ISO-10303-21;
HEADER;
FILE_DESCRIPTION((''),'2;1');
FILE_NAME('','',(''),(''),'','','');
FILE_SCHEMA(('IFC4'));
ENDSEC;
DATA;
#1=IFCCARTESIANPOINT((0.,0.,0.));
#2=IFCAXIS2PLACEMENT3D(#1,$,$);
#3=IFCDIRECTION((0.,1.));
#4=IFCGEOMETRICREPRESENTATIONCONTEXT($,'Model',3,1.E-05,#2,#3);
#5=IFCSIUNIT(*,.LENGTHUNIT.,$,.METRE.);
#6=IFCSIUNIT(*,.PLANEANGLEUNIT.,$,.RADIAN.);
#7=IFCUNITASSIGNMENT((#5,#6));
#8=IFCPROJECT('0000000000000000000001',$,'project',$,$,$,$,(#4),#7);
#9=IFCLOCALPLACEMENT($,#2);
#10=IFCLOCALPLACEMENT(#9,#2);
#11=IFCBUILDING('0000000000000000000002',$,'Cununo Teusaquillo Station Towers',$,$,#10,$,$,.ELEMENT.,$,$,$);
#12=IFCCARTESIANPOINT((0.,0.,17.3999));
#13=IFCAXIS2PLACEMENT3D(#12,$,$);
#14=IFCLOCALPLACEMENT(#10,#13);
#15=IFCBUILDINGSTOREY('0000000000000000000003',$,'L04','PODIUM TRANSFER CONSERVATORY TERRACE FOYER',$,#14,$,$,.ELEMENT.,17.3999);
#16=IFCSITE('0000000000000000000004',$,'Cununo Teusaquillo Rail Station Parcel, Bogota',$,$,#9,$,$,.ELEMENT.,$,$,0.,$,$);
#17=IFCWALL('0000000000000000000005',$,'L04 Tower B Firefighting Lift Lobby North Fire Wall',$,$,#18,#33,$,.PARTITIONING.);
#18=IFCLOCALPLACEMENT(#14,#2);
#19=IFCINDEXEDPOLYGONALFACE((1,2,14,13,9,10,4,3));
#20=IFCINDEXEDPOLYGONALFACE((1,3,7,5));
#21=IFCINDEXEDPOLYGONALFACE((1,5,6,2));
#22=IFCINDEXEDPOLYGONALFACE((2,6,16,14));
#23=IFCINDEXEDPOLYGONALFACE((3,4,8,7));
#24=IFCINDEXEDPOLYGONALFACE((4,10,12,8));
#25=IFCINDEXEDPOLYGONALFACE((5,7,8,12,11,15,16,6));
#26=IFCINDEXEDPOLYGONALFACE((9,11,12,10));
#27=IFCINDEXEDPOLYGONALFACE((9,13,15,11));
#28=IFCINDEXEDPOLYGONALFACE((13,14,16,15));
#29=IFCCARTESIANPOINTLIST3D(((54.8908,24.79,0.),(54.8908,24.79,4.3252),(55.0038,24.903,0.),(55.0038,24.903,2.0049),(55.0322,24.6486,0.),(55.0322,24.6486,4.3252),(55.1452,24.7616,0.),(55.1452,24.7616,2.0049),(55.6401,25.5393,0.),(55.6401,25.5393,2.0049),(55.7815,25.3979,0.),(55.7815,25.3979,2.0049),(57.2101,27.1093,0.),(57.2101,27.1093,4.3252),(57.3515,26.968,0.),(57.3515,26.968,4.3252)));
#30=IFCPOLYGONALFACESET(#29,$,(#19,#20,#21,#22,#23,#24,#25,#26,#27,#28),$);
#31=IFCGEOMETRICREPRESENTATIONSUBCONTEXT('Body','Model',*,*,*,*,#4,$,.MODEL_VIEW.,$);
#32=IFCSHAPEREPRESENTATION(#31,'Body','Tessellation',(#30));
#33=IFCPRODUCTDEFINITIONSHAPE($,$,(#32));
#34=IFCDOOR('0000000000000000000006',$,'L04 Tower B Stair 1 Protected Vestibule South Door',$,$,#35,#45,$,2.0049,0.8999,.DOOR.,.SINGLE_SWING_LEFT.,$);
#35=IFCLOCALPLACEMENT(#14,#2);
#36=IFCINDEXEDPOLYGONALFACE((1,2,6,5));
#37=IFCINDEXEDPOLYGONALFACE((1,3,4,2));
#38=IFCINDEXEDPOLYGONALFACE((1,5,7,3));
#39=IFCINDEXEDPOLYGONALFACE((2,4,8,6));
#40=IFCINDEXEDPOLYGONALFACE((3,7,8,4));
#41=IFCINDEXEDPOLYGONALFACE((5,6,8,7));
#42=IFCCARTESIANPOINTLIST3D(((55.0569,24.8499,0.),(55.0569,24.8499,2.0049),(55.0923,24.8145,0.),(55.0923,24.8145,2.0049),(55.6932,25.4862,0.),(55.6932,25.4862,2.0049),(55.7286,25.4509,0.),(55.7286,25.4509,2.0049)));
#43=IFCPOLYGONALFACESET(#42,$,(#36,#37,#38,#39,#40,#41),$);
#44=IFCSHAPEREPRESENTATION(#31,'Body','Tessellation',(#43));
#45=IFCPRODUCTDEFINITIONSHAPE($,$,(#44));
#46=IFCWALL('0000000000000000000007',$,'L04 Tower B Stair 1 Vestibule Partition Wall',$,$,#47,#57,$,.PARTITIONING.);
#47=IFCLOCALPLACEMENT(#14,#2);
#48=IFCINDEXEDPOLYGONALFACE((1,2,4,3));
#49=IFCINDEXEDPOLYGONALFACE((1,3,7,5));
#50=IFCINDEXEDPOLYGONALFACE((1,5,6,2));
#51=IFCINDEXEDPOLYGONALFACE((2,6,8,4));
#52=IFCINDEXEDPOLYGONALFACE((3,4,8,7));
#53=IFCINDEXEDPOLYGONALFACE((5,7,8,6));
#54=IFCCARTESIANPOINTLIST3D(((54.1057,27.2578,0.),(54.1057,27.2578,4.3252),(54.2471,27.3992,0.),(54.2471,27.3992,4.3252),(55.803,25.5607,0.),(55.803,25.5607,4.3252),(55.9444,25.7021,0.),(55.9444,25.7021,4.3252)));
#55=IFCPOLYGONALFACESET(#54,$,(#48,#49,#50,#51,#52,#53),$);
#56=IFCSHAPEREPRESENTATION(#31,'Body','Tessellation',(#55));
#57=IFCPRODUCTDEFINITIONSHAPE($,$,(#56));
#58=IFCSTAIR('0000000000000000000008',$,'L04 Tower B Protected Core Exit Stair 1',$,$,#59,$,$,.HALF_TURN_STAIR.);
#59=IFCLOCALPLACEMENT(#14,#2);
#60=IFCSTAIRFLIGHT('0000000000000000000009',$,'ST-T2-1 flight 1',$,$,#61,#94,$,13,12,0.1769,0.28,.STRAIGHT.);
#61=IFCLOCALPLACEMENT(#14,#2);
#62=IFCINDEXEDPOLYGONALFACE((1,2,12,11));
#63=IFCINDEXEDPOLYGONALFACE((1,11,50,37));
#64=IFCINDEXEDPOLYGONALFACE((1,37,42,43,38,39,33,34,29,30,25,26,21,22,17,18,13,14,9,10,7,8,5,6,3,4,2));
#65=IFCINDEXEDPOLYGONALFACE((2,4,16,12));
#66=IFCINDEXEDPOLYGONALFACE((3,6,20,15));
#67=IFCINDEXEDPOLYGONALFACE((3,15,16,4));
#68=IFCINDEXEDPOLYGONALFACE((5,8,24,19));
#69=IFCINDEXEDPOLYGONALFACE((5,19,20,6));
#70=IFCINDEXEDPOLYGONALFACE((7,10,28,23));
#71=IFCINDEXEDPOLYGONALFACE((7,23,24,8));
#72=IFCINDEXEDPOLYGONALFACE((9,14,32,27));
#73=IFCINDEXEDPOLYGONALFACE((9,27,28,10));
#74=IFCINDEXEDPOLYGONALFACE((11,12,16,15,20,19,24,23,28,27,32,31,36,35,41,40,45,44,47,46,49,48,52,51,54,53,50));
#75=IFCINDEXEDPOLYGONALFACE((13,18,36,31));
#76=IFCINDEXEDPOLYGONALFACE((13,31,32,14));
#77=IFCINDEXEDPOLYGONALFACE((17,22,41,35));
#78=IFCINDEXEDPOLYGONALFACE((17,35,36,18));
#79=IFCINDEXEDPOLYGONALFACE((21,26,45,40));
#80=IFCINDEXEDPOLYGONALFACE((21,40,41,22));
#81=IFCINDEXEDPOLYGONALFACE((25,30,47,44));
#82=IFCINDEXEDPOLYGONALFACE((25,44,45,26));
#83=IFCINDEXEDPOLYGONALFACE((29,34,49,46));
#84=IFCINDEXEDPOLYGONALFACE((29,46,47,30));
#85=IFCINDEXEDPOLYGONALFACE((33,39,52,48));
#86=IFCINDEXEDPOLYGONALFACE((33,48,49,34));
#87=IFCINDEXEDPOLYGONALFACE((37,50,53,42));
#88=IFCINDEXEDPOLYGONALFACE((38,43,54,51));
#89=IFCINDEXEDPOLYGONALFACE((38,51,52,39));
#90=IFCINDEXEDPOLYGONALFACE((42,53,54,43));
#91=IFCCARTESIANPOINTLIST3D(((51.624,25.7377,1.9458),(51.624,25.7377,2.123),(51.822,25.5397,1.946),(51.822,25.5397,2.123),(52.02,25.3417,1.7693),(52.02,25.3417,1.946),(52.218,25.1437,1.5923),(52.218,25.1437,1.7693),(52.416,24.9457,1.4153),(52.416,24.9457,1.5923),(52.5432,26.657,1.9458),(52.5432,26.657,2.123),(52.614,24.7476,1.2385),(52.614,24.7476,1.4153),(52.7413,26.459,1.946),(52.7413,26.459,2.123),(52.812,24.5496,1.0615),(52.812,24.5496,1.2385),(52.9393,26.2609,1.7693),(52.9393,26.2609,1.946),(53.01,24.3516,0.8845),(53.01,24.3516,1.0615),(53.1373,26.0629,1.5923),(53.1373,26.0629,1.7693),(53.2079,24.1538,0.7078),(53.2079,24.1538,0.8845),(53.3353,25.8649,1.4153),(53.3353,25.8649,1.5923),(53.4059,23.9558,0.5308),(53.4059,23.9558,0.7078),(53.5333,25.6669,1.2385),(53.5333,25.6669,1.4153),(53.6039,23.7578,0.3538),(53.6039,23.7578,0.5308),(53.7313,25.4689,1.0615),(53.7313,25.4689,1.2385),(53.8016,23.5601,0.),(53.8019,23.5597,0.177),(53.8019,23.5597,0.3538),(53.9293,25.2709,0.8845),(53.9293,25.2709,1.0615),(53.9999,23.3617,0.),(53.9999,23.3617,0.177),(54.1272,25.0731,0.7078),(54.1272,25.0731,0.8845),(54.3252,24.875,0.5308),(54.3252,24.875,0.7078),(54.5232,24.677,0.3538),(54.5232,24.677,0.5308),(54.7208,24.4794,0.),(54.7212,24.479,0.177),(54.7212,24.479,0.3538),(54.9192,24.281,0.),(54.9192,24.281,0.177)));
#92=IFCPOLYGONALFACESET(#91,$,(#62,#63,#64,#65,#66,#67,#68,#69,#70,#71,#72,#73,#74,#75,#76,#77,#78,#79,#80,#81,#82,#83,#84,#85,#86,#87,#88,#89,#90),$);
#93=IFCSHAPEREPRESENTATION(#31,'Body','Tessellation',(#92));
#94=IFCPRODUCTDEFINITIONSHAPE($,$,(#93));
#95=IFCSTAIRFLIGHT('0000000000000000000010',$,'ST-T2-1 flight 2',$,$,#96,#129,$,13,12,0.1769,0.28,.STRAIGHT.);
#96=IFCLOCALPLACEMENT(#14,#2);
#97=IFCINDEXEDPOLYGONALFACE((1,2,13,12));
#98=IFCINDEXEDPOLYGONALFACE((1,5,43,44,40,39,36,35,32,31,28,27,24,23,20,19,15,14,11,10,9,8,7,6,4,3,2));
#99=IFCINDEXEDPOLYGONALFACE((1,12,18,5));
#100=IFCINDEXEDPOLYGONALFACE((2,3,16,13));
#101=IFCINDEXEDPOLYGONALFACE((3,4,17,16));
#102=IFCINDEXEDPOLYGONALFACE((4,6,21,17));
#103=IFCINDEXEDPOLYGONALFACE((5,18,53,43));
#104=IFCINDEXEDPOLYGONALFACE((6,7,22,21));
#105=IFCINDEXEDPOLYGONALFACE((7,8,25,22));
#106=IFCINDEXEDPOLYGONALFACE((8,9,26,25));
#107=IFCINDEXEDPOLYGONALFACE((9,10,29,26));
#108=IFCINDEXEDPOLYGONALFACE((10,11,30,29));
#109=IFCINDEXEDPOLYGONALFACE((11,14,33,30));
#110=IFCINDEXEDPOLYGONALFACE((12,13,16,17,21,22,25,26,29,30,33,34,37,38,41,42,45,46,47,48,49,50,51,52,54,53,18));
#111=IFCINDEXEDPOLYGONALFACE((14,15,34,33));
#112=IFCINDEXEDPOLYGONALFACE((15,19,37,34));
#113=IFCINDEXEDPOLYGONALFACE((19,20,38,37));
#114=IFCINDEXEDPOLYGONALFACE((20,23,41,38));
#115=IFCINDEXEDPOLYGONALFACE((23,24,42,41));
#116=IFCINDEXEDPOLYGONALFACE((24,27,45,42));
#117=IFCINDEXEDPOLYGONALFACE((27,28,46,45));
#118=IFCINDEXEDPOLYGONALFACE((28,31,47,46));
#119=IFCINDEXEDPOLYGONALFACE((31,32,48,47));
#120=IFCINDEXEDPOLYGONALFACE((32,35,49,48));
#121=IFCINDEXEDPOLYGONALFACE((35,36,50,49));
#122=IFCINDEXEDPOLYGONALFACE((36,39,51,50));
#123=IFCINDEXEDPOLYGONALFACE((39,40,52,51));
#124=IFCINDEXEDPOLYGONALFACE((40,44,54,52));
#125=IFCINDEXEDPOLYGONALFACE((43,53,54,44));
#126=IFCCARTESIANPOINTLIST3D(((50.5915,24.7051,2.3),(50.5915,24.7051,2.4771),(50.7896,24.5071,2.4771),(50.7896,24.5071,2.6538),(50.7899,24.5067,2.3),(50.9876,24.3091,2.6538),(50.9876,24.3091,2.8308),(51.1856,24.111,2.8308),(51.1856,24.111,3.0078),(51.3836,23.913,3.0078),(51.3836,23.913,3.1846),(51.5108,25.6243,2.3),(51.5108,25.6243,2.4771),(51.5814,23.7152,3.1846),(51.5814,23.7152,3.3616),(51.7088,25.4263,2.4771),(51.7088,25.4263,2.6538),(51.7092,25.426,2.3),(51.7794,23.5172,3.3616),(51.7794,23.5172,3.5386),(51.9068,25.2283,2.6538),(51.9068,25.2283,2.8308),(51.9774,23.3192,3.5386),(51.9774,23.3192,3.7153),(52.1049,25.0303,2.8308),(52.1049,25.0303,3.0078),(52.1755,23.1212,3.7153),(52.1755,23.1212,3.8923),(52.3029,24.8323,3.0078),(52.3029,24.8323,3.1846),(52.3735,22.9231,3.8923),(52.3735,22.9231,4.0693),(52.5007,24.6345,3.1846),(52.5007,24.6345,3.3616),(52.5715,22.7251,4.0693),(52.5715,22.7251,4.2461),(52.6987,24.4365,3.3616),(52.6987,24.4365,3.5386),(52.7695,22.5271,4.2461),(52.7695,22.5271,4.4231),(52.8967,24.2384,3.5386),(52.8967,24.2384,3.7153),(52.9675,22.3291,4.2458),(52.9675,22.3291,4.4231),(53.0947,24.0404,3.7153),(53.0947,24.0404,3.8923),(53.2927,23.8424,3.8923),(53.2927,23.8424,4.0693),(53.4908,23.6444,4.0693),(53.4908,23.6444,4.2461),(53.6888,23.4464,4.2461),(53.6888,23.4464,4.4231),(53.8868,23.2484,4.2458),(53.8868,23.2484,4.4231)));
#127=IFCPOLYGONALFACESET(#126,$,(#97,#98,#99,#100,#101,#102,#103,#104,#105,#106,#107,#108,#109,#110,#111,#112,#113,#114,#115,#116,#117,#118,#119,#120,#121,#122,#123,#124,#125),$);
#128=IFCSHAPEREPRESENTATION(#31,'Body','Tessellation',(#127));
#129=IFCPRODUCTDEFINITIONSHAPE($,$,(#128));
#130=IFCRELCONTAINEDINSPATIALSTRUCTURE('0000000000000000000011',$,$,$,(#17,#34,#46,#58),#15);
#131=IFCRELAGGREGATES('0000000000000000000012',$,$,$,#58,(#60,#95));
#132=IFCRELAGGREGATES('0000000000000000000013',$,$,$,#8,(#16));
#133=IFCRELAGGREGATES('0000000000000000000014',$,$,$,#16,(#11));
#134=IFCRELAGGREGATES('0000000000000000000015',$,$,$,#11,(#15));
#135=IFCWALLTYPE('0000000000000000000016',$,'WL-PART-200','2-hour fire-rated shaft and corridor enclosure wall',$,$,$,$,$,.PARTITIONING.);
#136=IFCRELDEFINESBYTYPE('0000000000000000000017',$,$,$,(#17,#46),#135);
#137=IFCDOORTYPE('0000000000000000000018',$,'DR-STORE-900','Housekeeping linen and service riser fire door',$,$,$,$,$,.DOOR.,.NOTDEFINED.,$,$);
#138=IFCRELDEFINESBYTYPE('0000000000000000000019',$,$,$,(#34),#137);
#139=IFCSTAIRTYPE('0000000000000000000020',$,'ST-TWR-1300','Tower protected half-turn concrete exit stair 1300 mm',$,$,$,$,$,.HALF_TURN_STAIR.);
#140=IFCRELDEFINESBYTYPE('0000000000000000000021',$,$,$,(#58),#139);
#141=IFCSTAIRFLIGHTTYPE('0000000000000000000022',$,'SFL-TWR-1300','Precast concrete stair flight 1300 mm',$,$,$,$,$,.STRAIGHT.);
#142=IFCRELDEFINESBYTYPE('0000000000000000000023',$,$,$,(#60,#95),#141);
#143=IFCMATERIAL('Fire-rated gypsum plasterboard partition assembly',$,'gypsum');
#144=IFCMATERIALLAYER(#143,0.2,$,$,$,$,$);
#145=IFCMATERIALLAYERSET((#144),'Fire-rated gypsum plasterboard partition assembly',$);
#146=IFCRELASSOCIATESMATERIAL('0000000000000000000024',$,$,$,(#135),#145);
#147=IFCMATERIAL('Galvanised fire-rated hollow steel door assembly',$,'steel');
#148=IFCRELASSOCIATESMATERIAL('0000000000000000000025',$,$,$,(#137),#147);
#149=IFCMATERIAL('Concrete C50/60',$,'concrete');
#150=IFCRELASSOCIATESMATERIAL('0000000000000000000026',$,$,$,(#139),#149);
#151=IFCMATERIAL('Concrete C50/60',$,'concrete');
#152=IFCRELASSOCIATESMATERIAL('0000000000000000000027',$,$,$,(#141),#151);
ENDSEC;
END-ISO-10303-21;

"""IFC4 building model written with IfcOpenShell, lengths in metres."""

from ifc_helpers import new_model, si_unit, direction, frame, frame_2d, origin, place, context, subcontext, project, spatial, polyline, rectangle, outline, extrude, source, transform, mapped, material, layer, layer_set, type_object, element, fill, aggregate, save


model = new_model("IFC4")

# Units and contexts
model_context = context("Model", 3, precision=1e-05, world=origin(), true_north=direction((0.0, 1.0)))
body_context = subcontext(model_context, "Body", "Model", "MODEL_VIEW")
ifc_project = project(units=[si_unit("LENGTHUNIT", "METRE"), si_unit("PLANEANGLEUNIT", "RADIAN")], contexts=[model_context])

# Site, building, storey
site_placement = place(None, origin())
site = spatial("IfcSite", under=ifc_project, at=site_placement, Name="Cununo Teusaquillo Rail Station Parcel, Bogota", CompositionType="ELEMENT", RefElevation=0.0)
building_placement = place(site_placement, origin())
building = spatial("IfcBuilding", under=site, at=building_placement, Name="Cununo Teusaquillo Station Towers", CompositionType="ELEMENT")
storey_placement = place(building_placement, frame((0.0, 0.0, 17.3999)))
storey = spatial("IfcBuildingStorey", under=building, at=storey_placement, Name="L04", Description="PODIUM TRANSFER CONSERVATORY TERRACE FOYER", CompositionType="ELEMENT", Elevation=17.3999)

# Wall, opening, door
ifc_material_1 = material(Name="Fire-rated gypsum plasterboard partition assembly", Category="gypsum")
ifc_layer_1 = layer(ifc_material_1, 0.2)
ifc_layer_set_1 = layer_set([ifc_layer_1], Name="Fire-rated gypsum plasterboard partition assembly")
wall_type_1 = type_object("IfcWallType", Name="WL-PART-200", Description="2-hour fire-rated shaft and corridor enclosure wall", PredefinedType="PARTITIONING", material=ifc_layer_set_1)
wall_1_placement = place(storey_placement, frame((54.9614, 24.7192, 0.0), z_axis=(0.0, 0.0, 1.0), x_axis=(0.707107, 0.707107, 0.0)))
wall_1 = element("IfcWall", 1, at=wall_1_placement, inside=storey, type_object=wall_type_1, Name="L04 Tower B Firefighting Lift Lobby North Fire Wall", PredefinedType="PARTITIONING", context=body_context, shape_type="SweptSolid", body=[
    extrude(rectangle(XDim=3.28, YDim=0.2, at=frame_2d((1.6401, 0.0))), origin(), (0.0, 0.0, 1.0), 4.3252),
])
shared_shape_1 = source(origin(), body_context, "Body", "SweptSolid", [
    extrude(rectangle(XDim=0.8999, YDim=2.0049, at=frame_2d((0.45, 1.0024))), frame((0.0, 0.1099, 0.0), z_axis=(0.0, -1.0, 0.0), x_axis=(1.0, 0.0, 0.0)), (0.0, 0.0, 1.0), 0.22),
])
opening_1_placement = place(wall_1_placement, frame((0.1599, 0.0, 0.0)))
opening_1 = element("IfcOpeningElement", 2, at=opening_1_placement, cuts=wall_1, PredefinedType="OPENING", context=body_context, shape_type="MappedRepresentation", body=[
    mapped(shared_shape_1, transform((0.0, 0.0, 0.0), x_axis=(1.0, 0.0, 0.0), y_axis=(0.0, 1.0, 0.0), z_axis=(0.0, 0.0, 1.0), scale=1.0)),
])
ifc_material_2 = material(Name="Galvanised fire-rated hollow steel door assembly", Category="steel")
door_type_1 = type_object("IfcDoorType", Name="DR-STORE-900", Description="Housekeeping linen and service riser fire door", OperationType="NOTDEFINED", PredefinedType="DOOR", material=ifc_material_2)
shared_shape_2 = source(origin(), body_context, "Body", "SweptSolid", [
    extrude(rectangle(XDim=0.8999, YDim=2.0049, at=frame_2d((0.45, 1.0024))), frame((0.0, 0.0249, 0.0), z_axis=(0.0, -1.0, 0.0), x_axis=(1.0, 0.0, 0.0)), (0.0, 0.0, 1.0), 0.05),
])
door_1_placement = place(opening_1_placement, origin())
door_1 = element("IfcDoor", 3, at=door_1_placement, inside=storey, type_object=door_type_1, Name="L04 Tower B Stair 1 Protected Vestibule South Door", OperationType="SINGLE_SWING_LEFT", OverallHeight=2.0049, OverallWidth=0.8999, PredefinedType="DOOR", context=body_context, shape_type="MappedRepresentation", body=[
    mapped(shared_shape_2, transform((0.0, 0.0, 0.0), x_axis=(1.0, 0.0, 0.0), y_axis=(0.0, 1.0, 0.0), z_axis=(0.0, 0.0, 1.0), scale=1.0)),
])
fill(opening_1, door_1)

# Wall
wall_2_placement = place(storey_placement, frame((55.8738, 25.6313, 0.0), z_axis=(0.0, 0.0, 1.0), x_axis=(-0.707158, 0.707056, 0.0)))
element("IfcWall", 4, at=wall_2_placement, inside=storey, type_object=wall_type_1, Name="L04 Tower B Stair 1 Vestibule Partition Wall", PredefinedType="PARTITIONING", context=body_context, shape_type="SweptSolid", body=[
    extrude(rectangle(XDim=2.4001, YDim=0.2, at=frame_2d((1.2002, 0.0))), origin(), (0.0, 0.0, 1.0), 4.3252),
])

# Stair, stair flights
ifc_material_3 = material(Name="Concrete C50/60", Category="concrete")
stair_type = type_object("IfcStairType", Name="ST-TWR-1300", Description="Tower protected half-turn concrete exit stair 1300 mm", PredefinedType="HALF_TURN_STAIR", material=ifc_material_3)
stair_placement = place(storey_placement, origin())
stair = element("IfcStair", 5, at=stair_placement, inside=storey, type_object=stair_type, Name="L04 Tower B Protected Core Exit Stair 1", PredefinedType="HALF_TURN_STAIR")
ifc_material_4 = material(Name="Concrete C50/60", Category="concrete")
stair_flight_type = type_object("IfcStairFlightType", Name="SFL-TWR-1300", Description="Precast concrete stair flight 1300 mm", PredefinedType="STRAIGHT", material=ifc_material_4)
stair_flight_1_placement = place(storey_placement, frame((54.4595, 23.8213, 0.0), z_axis=(0.0, 0.0, 1.0), x_axis=(-0.707107, 0.707107, 0.0)))
stair_flight_1 = element("IfcStairFlight", 6, at=stair_flight_1_placement, type_object=stair_flight_type, Name="ST-T2-1 flight 1", NumberOfRisers=13, NumberOfTreads=12, PredefinedType="STRAIGHT", RiserHeight=0.1769, TreadLength=0.28, context=body_context, shape_type="SweptSolid", body=[
    extrude(outline(polyline([(0.0, 0.0), (0.0, 0.177), (0.28, 0.177), (0.28, 0.3538), (0.5601, 0.3538), (0.5601, 0.5308), (0.8401, 0.5308), (0.8401, 0.7078), (1.1201, 0.7078), (1.1201, 0.8845), (1.3999, 0.8845), (1.3999, 1.0615), (1.6799, 1.0615), (1.6799, 1.2385), (1.96, 1.2385), (1.96, 1.4153), (2.24, 1.4153), (2.24, 1.5923), (2.52, 1.5923), (2.52, 1.7693), (2.8, 1.7693), (2.8, 1.946), (3.0801, 1.946), (3.0801, 2.123), (3.3601, 2.123), (3.3601, 2.3), (3.3601, 1.9458), (0.2805, 0.0), (0.0, 0.0)])), frame((0.0, 0.6499, 0.0), z_axis=(0.0, -1.0, 0.0), x_axis=(1.0, 0.0, 0.0)), (0.0, 0.0, 1.0), 1.3),
])
stair_flight_2_placement = place(storey_placement, frame((51.0513, 25.1648, 2.3), z_axis=(0.0, 0.0, 1.0), x_axis=(0.707107, -0.707107, 0.0)))
stair_flight_2 = element("IfcStairFlight", 7, at=stair_flight_2_placement, type_object=stair_flight_type, Name="ST-T2-1 flight 2", NumberOfRisers=13, NumberOfTreads=12, PredefinedType="STRAIGHT", RiserHeight=0.1769, TreadLength=0.28, context=body_context, shape_type="SweptSolid", body=[
    extrude(outline(polyline([(0.0, 0.0), (0.0, 0.177), (0.28, 0.177), (0.28, 0.3538), (0.5601, 0.3538), (0.5601, 0.5308), (0.8401, 0.5308), (0.8401, 0.7078), (1.1201, 0.7078), (1.1201, 0.8845), (1.3999, 0.8845), (1.3999, 1.0615), (1.6799, 1.0615), (1.6799, 1.2385), (1.96, 1.2385), (1.96, 1.4153), (2.24, 1.4153), (2.24, 1.5923), (2.52, 1.5923), (2.52, 1.7693), (2.8, 1.7693), (2.8, 1.946), (3.0801, 1.946), (3.0801, 2.123), (3.3601, 2.123), (3.3601, 2.3), (3.3601, 1.9458), (0.2805, 0.0), (0.0, 0.0)])), frame((0.0, 0.6499, 0.0), z_axis=(0.0, -1.0, 0.0), x_axis=(1.0, 0.0, 0.0)), (0.0, 0.0, 1.0), 1.3),
])
aggregate(stair, [stair_flight_1, stair_flight_2])

save(model, "model.ifc")
